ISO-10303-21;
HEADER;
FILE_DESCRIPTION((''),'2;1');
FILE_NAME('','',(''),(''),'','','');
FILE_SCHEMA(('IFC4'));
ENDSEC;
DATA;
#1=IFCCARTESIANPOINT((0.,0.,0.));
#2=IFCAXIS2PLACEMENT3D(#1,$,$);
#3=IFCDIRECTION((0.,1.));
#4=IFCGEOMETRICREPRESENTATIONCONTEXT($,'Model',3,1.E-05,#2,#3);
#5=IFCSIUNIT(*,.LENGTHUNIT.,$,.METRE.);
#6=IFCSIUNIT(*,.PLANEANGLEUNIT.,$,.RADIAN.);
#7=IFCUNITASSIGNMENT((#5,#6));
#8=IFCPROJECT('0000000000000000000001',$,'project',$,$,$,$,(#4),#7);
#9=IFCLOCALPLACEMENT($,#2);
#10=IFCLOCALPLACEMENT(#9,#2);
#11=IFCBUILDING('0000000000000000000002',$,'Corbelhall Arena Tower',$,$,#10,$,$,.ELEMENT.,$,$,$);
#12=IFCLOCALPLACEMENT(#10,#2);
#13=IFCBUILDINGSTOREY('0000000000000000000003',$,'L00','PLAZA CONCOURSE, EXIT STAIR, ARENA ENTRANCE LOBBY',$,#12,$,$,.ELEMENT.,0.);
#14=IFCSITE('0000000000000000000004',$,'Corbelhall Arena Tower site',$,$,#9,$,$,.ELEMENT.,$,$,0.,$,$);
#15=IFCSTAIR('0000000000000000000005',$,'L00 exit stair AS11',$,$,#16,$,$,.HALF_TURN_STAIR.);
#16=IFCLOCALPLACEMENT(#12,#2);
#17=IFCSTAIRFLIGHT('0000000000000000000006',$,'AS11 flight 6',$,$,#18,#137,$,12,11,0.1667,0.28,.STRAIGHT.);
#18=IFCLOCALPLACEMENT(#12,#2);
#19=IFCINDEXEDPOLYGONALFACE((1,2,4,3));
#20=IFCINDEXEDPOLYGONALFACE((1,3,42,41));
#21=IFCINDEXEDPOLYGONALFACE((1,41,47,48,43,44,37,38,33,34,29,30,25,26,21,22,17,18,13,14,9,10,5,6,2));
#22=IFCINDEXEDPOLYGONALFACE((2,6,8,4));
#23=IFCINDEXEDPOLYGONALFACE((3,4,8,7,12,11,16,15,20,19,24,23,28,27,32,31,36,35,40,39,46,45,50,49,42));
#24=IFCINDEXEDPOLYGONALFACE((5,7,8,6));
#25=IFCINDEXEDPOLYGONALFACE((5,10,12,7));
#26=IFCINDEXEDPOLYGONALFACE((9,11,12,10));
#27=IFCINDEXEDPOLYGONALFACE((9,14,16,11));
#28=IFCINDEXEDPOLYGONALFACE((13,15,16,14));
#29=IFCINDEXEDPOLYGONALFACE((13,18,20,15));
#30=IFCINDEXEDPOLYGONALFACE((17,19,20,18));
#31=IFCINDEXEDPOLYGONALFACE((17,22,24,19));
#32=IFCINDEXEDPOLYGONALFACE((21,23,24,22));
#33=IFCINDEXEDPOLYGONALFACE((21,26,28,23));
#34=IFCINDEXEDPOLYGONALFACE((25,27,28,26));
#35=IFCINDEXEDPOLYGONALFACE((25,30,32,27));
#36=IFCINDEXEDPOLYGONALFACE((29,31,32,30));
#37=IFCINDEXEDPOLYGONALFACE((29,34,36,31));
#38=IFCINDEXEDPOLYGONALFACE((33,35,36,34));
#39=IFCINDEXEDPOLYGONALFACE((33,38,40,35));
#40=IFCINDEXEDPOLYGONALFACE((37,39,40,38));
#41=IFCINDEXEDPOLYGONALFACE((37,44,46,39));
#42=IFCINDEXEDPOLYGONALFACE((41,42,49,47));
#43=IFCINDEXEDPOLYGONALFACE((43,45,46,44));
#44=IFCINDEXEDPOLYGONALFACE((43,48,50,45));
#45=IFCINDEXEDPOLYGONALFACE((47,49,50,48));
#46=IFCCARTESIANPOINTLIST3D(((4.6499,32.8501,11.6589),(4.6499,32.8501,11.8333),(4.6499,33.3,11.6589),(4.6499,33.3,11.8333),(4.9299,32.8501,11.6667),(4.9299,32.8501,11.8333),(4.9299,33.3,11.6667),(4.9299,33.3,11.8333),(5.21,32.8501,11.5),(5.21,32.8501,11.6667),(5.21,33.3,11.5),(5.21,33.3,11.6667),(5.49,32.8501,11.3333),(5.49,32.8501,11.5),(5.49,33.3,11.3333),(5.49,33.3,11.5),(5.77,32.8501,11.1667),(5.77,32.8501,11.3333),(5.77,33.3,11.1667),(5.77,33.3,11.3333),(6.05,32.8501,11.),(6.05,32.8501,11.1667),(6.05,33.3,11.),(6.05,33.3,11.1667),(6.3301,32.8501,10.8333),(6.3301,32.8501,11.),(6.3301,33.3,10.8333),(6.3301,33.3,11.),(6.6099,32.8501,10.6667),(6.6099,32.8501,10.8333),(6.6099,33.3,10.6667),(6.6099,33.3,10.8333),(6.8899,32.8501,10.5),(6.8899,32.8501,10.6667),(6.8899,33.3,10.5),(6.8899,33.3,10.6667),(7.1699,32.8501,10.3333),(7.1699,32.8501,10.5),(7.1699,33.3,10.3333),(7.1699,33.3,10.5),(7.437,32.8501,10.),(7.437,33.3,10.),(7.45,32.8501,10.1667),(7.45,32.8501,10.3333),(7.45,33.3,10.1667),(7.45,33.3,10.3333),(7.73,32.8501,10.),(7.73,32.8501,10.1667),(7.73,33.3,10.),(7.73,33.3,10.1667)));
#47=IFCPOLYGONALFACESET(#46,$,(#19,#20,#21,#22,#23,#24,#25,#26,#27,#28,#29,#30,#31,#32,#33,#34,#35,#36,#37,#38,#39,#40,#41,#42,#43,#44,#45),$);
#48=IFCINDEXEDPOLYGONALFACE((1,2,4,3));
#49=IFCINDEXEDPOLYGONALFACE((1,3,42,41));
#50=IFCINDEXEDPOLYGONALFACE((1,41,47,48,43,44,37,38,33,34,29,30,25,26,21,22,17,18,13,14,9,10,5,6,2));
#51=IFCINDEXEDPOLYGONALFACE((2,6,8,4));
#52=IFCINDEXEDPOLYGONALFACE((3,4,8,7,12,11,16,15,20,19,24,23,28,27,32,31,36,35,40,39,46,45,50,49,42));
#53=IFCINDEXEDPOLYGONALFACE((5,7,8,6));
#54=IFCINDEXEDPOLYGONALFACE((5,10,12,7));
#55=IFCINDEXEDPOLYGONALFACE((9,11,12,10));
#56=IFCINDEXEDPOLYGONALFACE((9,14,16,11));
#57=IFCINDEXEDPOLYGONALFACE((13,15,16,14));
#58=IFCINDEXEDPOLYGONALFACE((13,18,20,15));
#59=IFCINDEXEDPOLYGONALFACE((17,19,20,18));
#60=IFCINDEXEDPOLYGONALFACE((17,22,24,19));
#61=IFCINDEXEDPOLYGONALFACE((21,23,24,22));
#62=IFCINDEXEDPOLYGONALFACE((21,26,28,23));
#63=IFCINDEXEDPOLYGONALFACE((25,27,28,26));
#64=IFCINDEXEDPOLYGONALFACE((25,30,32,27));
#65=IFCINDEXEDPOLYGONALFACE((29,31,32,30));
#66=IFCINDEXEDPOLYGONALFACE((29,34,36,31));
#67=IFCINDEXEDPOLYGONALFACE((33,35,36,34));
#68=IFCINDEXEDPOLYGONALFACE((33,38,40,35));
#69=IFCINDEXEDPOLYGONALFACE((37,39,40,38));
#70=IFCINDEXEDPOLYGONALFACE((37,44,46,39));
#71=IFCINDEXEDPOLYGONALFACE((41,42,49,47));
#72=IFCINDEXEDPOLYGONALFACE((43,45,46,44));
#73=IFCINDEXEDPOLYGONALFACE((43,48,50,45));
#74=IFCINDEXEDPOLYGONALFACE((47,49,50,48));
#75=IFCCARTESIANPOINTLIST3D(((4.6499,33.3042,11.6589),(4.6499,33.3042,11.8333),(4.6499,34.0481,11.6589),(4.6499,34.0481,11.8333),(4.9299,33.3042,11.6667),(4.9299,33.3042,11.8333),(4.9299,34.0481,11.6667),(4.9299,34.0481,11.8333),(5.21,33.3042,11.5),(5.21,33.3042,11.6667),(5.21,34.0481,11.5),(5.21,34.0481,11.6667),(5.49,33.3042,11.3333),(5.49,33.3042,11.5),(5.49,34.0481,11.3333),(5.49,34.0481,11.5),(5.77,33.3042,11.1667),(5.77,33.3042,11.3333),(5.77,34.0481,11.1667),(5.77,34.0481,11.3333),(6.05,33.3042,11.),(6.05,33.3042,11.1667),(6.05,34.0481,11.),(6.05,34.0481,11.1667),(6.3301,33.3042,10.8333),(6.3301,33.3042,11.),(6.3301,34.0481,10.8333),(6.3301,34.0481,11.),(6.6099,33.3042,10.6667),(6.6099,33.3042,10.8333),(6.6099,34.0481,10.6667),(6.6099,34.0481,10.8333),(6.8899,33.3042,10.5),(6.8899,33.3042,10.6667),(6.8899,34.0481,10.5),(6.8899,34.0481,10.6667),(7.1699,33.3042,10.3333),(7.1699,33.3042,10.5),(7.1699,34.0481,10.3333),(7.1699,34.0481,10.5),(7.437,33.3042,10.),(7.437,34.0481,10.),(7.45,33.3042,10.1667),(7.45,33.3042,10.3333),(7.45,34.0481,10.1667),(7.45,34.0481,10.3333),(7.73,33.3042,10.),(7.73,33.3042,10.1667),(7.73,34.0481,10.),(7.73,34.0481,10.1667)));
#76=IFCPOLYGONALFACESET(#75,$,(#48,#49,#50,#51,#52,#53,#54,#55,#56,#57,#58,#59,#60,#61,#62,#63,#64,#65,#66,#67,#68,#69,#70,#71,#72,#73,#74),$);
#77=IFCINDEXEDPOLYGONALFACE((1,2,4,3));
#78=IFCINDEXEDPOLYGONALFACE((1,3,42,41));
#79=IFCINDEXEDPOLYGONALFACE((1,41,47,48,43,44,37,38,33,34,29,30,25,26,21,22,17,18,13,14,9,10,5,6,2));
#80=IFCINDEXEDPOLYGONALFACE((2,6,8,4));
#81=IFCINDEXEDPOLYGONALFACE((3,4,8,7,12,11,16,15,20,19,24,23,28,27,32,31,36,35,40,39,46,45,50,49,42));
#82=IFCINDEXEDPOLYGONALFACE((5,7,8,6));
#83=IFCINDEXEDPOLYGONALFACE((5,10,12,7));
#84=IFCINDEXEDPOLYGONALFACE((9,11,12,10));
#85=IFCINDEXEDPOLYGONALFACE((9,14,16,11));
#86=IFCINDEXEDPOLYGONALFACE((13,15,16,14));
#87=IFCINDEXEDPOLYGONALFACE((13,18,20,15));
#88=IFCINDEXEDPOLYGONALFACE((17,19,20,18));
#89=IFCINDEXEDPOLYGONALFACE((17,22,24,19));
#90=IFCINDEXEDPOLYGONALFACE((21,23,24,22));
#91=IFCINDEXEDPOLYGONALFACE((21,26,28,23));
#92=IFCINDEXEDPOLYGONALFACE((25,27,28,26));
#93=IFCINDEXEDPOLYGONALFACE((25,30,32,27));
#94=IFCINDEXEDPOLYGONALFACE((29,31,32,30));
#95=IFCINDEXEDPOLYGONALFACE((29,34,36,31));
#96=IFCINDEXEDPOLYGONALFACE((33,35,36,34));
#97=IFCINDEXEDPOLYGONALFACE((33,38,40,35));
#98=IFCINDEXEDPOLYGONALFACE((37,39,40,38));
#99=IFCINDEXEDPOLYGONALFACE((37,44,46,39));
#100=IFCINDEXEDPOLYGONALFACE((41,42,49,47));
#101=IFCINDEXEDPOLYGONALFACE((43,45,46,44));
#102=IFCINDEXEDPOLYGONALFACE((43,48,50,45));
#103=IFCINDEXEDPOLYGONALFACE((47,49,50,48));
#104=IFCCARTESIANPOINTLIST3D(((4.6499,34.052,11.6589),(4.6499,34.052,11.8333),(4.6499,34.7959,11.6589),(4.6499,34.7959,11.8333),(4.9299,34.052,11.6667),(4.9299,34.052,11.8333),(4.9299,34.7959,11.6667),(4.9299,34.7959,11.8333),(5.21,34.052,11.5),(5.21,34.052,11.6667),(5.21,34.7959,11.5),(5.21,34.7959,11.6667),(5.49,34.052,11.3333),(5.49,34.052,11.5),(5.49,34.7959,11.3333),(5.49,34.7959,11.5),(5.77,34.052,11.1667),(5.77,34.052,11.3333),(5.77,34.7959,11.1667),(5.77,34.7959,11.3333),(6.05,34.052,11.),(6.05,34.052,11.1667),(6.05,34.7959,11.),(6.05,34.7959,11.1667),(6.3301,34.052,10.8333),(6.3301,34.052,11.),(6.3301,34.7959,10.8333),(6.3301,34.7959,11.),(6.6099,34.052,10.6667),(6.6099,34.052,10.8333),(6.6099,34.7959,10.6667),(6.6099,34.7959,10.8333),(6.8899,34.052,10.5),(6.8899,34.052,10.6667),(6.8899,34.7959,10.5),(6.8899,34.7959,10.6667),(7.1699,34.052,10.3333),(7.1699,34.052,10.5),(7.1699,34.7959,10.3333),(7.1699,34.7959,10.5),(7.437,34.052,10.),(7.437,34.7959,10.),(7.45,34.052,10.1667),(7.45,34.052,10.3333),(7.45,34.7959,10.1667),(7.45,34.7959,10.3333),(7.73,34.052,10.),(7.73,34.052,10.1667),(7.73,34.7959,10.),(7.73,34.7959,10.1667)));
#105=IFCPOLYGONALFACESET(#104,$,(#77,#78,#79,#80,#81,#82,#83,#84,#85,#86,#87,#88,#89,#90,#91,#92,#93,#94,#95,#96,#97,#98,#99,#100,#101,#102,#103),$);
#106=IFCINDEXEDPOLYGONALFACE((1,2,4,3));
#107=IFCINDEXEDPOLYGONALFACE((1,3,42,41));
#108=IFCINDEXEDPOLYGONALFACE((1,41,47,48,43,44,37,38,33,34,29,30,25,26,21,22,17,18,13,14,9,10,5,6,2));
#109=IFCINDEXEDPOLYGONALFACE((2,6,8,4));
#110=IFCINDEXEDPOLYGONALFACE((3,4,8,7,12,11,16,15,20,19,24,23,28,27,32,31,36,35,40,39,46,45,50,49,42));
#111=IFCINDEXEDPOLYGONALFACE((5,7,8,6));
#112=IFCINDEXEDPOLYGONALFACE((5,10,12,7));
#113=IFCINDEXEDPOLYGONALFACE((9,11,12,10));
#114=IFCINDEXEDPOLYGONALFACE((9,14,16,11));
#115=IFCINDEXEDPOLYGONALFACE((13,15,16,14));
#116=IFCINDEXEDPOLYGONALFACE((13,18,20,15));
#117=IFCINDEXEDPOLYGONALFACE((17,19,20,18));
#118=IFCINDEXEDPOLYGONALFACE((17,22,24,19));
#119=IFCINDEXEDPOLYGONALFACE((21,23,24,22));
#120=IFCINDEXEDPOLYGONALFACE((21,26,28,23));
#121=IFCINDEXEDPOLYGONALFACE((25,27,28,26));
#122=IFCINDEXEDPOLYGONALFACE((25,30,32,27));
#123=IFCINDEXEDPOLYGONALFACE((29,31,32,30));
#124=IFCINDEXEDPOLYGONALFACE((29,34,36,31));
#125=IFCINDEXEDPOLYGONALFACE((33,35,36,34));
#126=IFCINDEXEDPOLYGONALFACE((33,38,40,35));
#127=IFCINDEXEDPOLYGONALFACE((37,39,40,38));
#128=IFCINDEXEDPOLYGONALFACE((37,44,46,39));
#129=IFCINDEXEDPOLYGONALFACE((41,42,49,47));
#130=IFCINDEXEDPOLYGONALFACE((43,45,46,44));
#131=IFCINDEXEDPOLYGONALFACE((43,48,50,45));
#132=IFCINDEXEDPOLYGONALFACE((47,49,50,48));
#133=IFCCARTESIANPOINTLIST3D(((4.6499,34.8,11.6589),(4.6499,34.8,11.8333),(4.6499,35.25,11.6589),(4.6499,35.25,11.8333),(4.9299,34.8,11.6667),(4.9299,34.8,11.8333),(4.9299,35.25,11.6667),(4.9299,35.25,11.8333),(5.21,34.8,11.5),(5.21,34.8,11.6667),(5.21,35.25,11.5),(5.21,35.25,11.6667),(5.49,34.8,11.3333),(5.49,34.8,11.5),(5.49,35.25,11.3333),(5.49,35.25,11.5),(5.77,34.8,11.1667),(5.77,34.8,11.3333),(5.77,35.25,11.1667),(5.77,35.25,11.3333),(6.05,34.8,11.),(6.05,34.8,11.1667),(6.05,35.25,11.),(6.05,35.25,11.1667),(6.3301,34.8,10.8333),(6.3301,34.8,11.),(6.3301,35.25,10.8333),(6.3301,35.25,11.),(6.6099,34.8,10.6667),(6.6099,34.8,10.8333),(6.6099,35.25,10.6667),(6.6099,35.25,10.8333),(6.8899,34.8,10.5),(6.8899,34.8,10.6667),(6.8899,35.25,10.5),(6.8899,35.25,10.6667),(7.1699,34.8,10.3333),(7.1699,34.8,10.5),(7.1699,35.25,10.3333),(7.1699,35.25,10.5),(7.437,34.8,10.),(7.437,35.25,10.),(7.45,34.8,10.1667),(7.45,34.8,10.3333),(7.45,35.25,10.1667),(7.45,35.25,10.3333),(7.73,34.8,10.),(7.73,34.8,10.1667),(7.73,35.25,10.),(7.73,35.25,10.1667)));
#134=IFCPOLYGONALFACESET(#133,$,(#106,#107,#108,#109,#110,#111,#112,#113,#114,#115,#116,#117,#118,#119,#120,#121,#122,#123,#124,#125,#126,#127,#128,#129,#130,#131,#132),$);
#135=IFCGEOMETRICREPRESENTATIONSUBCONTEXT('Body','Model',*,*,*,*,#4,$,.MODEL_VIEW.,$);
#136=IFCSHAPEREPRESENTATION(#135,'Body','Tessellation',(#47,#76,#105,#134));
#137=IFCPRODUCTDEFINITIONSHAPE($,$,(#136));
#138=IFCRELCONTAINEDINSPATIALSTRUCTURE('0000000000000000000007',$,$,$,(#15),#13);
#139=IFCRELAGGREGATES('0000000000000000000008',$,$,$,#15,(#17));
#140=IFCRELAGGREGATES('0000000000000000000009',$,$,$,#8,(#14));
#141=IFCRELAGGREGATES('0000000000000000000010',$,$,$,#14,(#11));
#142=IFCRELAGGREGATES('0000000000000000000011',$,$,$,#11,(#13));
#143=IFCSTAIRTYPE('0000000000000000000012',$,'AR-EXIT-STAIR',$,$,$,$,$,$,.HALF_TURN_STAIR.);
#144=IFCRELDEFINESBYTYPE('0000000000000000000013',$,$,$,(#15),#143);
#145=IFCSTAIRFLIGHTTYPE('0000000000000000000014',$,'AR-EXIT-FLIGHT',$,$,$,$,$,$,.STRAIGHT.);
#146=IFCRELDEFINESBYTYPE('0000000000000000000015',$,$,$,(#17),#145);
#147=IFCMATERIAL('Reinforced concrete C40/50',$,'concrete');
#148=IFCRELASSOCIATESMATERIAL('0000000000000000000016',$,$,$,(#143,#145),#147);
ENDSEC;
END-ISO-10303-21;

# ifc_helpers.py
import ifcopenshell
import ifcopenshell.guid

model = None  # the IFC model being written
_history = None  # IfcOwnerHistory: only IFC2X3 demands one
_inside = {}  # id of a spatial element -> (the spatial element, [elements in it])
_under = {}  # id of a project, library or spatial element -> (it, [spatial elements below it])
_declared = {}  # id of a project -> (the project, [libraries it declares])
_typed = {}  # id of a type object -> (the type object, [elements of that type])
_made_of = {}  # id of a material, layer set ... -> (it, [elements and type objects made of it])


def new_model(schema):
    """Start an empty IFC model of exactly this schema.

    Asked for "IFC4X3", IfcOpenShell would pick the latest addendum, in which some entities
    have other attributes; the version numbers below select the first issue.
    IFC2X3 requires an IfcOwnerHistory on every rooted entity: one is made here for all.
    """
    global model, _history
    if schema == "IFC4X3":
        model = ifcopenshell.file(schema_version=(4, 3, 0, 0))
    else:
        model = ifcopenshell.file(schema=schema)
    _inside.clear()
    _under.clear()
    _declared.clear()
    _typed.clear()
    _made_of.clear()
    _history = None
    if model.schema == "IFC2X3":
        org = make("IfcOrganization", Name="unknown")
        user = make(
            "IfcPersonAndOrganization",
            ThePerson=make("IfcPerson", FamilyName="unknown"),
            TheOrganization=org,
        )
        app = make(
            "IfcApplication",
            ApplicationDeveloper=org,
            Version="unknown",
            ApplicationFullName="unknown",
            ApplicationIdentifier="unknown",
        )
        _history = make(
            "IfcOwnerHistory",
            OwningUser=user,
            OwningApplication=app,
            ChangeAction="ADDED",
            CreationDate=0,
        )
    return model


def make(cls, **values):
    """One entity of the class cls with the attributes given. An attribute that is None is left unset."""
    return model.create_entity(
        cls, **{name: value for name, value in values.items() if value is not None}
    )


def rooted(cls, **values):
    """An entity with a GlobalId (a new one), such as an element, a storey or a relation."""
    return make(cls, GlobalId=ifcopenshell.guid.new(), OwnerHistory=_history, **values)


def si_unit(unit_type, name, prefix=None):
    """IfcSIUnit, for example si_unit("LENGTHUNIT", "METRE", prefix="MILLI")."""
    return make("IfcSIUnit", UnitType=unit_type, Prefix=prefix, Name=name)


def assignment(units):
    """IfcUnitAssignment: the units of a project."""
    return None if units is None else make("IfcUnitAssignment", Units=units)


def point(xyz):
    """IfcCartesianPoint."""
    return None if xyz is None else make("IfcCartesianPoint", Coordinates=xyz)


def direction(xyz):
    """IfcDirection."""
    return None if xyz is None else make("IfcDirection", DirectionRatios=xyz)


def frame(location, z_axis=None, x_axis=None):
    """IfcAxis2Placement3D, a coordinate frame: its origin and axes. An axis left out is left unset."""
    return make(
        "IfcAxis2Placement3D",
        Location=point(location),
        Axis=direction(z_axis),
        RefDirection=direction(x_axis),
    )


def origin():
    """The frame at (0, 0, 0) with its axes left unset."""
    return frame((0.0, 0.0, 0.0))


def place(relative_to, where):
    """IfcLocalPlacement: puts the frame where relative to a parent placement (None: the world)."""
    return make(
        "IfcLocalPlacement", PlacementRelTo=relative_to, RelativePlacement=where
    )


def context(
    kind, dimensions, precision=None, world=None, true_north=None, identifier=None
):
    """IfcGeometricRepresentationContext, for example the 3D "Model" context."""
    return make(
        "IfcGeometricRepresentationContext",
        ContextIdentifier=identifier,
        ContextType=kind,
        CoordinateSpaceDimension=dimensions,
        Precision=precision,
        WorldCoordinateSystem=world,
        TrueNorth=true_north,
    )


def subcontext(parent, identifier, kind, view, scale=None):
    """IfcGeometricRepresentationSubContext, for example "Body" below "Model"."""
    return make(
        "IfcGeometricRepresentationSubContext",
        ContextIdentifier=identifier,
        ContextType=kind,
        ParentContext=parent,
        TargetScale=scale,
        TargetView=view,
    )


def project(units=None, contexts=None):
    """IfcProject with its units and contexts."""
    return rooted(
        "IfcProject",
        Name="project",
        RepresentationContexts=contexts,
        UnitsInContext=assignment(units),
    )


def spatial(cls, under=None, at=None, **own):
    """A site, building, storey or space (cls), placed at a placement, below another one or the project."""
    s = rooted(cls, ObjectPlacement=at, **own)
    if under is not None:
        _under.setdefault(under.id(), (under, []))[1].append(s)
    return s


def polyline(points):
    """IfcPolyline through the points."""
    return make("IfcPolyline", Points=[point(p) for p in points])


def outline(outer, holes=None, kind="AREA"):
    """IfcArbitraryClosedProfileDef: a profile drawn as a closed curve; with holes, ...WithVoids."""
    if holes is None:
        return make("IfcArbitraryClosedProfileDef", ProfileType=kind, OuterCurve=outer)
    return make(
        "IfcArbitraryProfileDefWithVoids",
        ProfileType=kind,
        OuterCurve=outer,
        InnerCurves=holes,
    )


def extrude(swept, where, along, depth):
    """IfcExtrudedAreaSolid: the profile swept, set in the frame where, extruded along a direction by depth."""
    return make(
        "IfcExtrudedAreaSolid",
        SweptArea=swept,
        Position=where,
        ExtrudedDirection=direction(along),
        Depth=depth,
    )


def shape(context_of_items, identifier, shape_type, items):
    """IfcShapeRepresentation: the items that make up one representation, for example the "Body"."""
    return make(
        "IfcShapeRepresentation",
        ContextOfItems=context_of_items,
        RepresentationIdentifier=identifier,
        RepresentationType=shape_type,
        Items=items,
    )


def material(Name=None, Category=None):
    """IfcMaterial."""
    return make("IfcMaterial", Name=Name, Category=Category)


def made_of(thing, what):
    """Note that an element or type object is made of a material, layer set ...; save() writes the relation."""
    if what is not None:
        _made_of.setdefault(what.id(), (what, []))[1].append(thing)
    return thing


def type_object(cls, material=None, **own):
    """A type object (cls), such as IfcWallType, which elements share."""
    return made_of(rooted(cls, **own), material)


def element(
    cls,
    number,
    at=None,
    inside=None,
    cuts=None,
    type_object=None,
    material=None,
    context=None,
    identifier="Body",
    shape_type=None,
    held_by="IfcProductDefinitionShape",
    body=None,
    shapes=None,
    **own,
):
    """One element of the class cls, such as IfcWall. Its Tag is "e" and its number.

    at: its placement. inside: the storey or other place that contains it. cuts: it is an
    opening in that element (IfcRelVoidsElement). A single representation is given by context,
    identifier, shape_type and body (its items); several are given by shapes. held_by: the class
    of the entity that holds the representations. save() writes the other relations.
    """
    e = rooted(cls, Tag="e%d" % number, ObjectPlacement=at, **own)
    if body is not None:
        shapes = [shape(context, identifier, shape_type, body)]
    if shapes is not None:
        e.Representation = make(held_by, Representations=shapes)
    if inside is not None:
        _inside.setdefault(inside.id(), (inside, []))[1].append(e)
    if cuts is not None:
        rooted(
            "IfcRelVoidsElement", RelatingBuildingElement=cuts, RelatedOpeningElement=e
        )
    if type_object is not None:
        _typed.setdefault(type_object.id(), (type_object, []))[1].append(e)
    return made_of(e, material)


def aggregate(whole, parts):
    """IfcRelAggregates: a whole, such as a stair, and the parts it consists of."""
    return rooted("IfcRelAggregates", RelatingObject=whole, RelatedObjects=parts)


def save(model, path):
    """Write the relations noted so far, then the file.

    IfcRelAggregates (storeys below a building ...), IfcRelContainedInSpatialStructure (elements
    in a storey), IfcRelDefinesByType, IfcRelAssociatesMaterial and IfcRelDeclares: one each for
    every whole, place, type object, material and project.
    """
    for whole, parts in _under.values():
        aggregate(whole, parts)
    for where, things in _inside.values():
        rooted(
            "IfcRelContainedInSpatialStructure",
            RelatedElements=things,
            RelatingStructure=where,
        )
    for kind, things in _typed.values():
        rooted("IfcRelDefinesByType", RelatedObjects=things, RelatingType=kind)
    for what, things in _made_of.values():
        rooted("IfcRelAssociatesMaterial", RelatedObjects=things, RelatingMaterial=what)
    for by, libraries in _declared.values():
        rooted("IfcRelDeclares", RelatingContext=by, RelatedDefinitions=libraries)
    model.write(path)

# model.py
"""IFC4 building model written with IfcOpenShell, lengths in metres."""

from ifc_helpers import new_model, si_unit, direction, frame, origin, place, context, subcontext, project, spatial, polyline, outline, extrude, material, type_object, element, aggregate, save


model = new_model("IFC4")

# Units and contexts
model_context = context("Model", 3, precision=1e-05, world=origin(), true_north=direction((0.0, 1.0)))
body_context = subcontext(model_context, "Body", "Model", "MODEL_VIEW")
ifc_project = project(units=[si_unit("LENGTHUNIT", "METRE"), si_unit("PLANEANGLEUNIT", "RADIAN")], contexts=[model_context])

# Site, building, storey
site_placement = place(None, origin())
site = spatial("IfcSite", under=ifc_project, at=site_placement, Name="Corbelhall Arena Tower site", CompositionType="ELEMENT", RefElevation=0.0)
building_placement = place(site_placement, origin())
building = spatial("IfcBuilding", under=site, at=building_placement, Name="Corbelhall Arena Tower", CompositionType="ELEMENT")
storey_placement = place(building_placement, origin())
storey = spatial("IfcBuildingStorey", under=building, at=storey_placement, Name="L00", Description="PLAZA CONCOURSE, EXIT STAIR, ARENA ENTRANCE LOBBY", CompositionType="ELEMENT", Elevation=0.0)

# Shared definitions
ifc_material_1 = material(Name="Reinforced concrete C40/50", Category="concrete")

# Stair, stair flight
stair_type = type_object("IfcStairType", Name="AR-EXIT-STAIR", PredefinedType="HALF_TURN_STAIR", material=ifc_material_1)
stair_1_placement = place(storey_placement, origin())
stair_1 = element("IfcStair", 1, at=stair_1_placement, inside=storey, type_object=stair_type, Name="L00 exit stair AS11", PredefinedType="HALF_TURN_STAIR")
stair_flight_type = type_object("IfcStairFlightType", Name="AR-EXIT-FLIGHT", PredefinedType="STRAIGHT", material=ifc_material_1)
stair_flight_1_placement = place(storey_placement, frame((7.73, 34.05, 10.0), z_axis=(0.0, 0.0, 1.0), x_axis=(-1.0, 0.0, 0.0)))
stair_flight_1 = element("IfcStairFlight", 2, at=stair_flight_1_placement, type_object=stair_flight_type, Name="AS11 flight 6", NumberOfRisers=12, NumberOfTreads=11, PredefinedType="STRAIGHT", RiserHeight=0.1667, TreadLength=0.28, context=body_context, shape_type="SweptSolid", body=[
    extrude(outline(polyline([(0.0, 0.0), (0.0, 0.1667), (0.28, 0.1667), (0.28, 0.3333), (0.5601, 0.3333), (0.5601, 0.5), (0.8401, 0.5), (0.8401, 0.6667), (1.1201, 0.6667), (1.1201, 0.8333), (1.3999, 0.8333), (1.3999, 1.0), (1.6799, 1.0), (1.6799, 1.1667), (1.96, 1.1667), (1.96, 1.3333), (2.24, 1.3333), (2.24, 1.5), (2.52, 1.5), (2.52, 1.6667), (2.8, 1.6667), (2.8, 1.8333), (3.0801, 1.8333), (3.0801, 2.0), (3.0801, 1.6589), (0.293, 0.0), (0.0, 0.0)])), frame((0.0, 1.2, 0.0), z_axis=(0.0, -1.0, 0.0), x_axis=(1.0, 0.0, 0.0)), (0.0, 0.0, 1.0), 0.45),
    extrude(outline(polyline([(0.0, 0.0), (0.0, 0.1667), (0.28, 0.1667), (0.28, 0.3333), (0.5601, 0.3333), (0.5601, 0.5), (0.8401, 0.5), (0.8401, 0.6667), (1.1201, 0.6667), (1.1201, 0.8333), (1.3999, 0.8333), (1.3999, 1.0), (1.6799, 1.0), (1.6799, 1.1667), (1.96, 1.1667), (1.96, 1.3333), (2.24, 1.3333), (2.24, 1.5), (2.52, 1.5), (2.52, 1.6667), (2.8, 1.6667), (2.8, 1.8333), (3.0801, 1.8333), (3.0801, 2.0), (3.0801, 1.6589), (0.293, 0.0), (0.0, 0.0)])), frame((0.0, 0.7458, 0.0), z_axis=(0.0, -1.0, 0.0), x_axis=(1.0, 0.0, 0.0)), (0.0, 0.0, 1.0), 0.7439),
    extrude(outline(polyline([(0.0, 0.0), (0.0, 0.1667), (0.28, 0.1667), (0.28, 0.3333), (0.5601, 0.3333), (0.5601, 0.5), (0.8401, 0.5), (0.8401, 0.6667), (1.1201, 0.6667), (1.1201, 0.8333), (1.3999, 0.8333), (1.3999, 1.0), (1.6799, 1.0), (1.6799, 1.1667), (1.96, 1.1667), (1.96, 1.3333), (2.24, 1.3333), (2.24, 1.5), (2.52, 1.5), (2.52, 1.6667), (2.8, 1.6667), (2.8, 1.8333), (3.0801, 1.8333), (3.0801, 2.0), (3.0801, 1.6589), (0.293, 0.0), (0.0, 0.0)])), frame((0.0, -0.002, 0.0), z_axis=(0.0, -1.0, 0.0), x_axis=(1.0, 0.0, 0.0)), (0.0, 0.0, 1.0), 0.7439),
    extrude(outline(polyline([(0.0, 0.0), (0.0, 0.1667), (0.28, 0.1667), (0.28, 0.3333), (0.5601, 0.3333), (0.5601, 0.5), (0.8401, 0.5), (0.8401, 0.6667), (1.1201, 0.6667), (1.1201, 0.8333), (1.3999, 0.8333), (1.3999, 1.0), (1.6799, 1.0), (1.6799, 1.1667), (1.96, 1.1667), (1.96, 1.3333), (2.24, 1.3333), (2.24, 1.5), (2.52, 1.5), (2.52, 1.6667), (2.8, 1.6667), (2.8, 1.8333), (3.0801, 1.8333), (3.0801, 2.0), (3.0801, 1.6589), (0.293, 0.0), (0.0, 0.0)])), frame((0.0, -0.75, 0.0), z_axis=(0.0, -1.0, 0.0), x_axis=(1.0, 0.0, 0.0)), (0.0, 0.0, 1.0), 0.45),
])
aggregate(stair_1, [stair_flight_1])

save(model, "model.ifc")
